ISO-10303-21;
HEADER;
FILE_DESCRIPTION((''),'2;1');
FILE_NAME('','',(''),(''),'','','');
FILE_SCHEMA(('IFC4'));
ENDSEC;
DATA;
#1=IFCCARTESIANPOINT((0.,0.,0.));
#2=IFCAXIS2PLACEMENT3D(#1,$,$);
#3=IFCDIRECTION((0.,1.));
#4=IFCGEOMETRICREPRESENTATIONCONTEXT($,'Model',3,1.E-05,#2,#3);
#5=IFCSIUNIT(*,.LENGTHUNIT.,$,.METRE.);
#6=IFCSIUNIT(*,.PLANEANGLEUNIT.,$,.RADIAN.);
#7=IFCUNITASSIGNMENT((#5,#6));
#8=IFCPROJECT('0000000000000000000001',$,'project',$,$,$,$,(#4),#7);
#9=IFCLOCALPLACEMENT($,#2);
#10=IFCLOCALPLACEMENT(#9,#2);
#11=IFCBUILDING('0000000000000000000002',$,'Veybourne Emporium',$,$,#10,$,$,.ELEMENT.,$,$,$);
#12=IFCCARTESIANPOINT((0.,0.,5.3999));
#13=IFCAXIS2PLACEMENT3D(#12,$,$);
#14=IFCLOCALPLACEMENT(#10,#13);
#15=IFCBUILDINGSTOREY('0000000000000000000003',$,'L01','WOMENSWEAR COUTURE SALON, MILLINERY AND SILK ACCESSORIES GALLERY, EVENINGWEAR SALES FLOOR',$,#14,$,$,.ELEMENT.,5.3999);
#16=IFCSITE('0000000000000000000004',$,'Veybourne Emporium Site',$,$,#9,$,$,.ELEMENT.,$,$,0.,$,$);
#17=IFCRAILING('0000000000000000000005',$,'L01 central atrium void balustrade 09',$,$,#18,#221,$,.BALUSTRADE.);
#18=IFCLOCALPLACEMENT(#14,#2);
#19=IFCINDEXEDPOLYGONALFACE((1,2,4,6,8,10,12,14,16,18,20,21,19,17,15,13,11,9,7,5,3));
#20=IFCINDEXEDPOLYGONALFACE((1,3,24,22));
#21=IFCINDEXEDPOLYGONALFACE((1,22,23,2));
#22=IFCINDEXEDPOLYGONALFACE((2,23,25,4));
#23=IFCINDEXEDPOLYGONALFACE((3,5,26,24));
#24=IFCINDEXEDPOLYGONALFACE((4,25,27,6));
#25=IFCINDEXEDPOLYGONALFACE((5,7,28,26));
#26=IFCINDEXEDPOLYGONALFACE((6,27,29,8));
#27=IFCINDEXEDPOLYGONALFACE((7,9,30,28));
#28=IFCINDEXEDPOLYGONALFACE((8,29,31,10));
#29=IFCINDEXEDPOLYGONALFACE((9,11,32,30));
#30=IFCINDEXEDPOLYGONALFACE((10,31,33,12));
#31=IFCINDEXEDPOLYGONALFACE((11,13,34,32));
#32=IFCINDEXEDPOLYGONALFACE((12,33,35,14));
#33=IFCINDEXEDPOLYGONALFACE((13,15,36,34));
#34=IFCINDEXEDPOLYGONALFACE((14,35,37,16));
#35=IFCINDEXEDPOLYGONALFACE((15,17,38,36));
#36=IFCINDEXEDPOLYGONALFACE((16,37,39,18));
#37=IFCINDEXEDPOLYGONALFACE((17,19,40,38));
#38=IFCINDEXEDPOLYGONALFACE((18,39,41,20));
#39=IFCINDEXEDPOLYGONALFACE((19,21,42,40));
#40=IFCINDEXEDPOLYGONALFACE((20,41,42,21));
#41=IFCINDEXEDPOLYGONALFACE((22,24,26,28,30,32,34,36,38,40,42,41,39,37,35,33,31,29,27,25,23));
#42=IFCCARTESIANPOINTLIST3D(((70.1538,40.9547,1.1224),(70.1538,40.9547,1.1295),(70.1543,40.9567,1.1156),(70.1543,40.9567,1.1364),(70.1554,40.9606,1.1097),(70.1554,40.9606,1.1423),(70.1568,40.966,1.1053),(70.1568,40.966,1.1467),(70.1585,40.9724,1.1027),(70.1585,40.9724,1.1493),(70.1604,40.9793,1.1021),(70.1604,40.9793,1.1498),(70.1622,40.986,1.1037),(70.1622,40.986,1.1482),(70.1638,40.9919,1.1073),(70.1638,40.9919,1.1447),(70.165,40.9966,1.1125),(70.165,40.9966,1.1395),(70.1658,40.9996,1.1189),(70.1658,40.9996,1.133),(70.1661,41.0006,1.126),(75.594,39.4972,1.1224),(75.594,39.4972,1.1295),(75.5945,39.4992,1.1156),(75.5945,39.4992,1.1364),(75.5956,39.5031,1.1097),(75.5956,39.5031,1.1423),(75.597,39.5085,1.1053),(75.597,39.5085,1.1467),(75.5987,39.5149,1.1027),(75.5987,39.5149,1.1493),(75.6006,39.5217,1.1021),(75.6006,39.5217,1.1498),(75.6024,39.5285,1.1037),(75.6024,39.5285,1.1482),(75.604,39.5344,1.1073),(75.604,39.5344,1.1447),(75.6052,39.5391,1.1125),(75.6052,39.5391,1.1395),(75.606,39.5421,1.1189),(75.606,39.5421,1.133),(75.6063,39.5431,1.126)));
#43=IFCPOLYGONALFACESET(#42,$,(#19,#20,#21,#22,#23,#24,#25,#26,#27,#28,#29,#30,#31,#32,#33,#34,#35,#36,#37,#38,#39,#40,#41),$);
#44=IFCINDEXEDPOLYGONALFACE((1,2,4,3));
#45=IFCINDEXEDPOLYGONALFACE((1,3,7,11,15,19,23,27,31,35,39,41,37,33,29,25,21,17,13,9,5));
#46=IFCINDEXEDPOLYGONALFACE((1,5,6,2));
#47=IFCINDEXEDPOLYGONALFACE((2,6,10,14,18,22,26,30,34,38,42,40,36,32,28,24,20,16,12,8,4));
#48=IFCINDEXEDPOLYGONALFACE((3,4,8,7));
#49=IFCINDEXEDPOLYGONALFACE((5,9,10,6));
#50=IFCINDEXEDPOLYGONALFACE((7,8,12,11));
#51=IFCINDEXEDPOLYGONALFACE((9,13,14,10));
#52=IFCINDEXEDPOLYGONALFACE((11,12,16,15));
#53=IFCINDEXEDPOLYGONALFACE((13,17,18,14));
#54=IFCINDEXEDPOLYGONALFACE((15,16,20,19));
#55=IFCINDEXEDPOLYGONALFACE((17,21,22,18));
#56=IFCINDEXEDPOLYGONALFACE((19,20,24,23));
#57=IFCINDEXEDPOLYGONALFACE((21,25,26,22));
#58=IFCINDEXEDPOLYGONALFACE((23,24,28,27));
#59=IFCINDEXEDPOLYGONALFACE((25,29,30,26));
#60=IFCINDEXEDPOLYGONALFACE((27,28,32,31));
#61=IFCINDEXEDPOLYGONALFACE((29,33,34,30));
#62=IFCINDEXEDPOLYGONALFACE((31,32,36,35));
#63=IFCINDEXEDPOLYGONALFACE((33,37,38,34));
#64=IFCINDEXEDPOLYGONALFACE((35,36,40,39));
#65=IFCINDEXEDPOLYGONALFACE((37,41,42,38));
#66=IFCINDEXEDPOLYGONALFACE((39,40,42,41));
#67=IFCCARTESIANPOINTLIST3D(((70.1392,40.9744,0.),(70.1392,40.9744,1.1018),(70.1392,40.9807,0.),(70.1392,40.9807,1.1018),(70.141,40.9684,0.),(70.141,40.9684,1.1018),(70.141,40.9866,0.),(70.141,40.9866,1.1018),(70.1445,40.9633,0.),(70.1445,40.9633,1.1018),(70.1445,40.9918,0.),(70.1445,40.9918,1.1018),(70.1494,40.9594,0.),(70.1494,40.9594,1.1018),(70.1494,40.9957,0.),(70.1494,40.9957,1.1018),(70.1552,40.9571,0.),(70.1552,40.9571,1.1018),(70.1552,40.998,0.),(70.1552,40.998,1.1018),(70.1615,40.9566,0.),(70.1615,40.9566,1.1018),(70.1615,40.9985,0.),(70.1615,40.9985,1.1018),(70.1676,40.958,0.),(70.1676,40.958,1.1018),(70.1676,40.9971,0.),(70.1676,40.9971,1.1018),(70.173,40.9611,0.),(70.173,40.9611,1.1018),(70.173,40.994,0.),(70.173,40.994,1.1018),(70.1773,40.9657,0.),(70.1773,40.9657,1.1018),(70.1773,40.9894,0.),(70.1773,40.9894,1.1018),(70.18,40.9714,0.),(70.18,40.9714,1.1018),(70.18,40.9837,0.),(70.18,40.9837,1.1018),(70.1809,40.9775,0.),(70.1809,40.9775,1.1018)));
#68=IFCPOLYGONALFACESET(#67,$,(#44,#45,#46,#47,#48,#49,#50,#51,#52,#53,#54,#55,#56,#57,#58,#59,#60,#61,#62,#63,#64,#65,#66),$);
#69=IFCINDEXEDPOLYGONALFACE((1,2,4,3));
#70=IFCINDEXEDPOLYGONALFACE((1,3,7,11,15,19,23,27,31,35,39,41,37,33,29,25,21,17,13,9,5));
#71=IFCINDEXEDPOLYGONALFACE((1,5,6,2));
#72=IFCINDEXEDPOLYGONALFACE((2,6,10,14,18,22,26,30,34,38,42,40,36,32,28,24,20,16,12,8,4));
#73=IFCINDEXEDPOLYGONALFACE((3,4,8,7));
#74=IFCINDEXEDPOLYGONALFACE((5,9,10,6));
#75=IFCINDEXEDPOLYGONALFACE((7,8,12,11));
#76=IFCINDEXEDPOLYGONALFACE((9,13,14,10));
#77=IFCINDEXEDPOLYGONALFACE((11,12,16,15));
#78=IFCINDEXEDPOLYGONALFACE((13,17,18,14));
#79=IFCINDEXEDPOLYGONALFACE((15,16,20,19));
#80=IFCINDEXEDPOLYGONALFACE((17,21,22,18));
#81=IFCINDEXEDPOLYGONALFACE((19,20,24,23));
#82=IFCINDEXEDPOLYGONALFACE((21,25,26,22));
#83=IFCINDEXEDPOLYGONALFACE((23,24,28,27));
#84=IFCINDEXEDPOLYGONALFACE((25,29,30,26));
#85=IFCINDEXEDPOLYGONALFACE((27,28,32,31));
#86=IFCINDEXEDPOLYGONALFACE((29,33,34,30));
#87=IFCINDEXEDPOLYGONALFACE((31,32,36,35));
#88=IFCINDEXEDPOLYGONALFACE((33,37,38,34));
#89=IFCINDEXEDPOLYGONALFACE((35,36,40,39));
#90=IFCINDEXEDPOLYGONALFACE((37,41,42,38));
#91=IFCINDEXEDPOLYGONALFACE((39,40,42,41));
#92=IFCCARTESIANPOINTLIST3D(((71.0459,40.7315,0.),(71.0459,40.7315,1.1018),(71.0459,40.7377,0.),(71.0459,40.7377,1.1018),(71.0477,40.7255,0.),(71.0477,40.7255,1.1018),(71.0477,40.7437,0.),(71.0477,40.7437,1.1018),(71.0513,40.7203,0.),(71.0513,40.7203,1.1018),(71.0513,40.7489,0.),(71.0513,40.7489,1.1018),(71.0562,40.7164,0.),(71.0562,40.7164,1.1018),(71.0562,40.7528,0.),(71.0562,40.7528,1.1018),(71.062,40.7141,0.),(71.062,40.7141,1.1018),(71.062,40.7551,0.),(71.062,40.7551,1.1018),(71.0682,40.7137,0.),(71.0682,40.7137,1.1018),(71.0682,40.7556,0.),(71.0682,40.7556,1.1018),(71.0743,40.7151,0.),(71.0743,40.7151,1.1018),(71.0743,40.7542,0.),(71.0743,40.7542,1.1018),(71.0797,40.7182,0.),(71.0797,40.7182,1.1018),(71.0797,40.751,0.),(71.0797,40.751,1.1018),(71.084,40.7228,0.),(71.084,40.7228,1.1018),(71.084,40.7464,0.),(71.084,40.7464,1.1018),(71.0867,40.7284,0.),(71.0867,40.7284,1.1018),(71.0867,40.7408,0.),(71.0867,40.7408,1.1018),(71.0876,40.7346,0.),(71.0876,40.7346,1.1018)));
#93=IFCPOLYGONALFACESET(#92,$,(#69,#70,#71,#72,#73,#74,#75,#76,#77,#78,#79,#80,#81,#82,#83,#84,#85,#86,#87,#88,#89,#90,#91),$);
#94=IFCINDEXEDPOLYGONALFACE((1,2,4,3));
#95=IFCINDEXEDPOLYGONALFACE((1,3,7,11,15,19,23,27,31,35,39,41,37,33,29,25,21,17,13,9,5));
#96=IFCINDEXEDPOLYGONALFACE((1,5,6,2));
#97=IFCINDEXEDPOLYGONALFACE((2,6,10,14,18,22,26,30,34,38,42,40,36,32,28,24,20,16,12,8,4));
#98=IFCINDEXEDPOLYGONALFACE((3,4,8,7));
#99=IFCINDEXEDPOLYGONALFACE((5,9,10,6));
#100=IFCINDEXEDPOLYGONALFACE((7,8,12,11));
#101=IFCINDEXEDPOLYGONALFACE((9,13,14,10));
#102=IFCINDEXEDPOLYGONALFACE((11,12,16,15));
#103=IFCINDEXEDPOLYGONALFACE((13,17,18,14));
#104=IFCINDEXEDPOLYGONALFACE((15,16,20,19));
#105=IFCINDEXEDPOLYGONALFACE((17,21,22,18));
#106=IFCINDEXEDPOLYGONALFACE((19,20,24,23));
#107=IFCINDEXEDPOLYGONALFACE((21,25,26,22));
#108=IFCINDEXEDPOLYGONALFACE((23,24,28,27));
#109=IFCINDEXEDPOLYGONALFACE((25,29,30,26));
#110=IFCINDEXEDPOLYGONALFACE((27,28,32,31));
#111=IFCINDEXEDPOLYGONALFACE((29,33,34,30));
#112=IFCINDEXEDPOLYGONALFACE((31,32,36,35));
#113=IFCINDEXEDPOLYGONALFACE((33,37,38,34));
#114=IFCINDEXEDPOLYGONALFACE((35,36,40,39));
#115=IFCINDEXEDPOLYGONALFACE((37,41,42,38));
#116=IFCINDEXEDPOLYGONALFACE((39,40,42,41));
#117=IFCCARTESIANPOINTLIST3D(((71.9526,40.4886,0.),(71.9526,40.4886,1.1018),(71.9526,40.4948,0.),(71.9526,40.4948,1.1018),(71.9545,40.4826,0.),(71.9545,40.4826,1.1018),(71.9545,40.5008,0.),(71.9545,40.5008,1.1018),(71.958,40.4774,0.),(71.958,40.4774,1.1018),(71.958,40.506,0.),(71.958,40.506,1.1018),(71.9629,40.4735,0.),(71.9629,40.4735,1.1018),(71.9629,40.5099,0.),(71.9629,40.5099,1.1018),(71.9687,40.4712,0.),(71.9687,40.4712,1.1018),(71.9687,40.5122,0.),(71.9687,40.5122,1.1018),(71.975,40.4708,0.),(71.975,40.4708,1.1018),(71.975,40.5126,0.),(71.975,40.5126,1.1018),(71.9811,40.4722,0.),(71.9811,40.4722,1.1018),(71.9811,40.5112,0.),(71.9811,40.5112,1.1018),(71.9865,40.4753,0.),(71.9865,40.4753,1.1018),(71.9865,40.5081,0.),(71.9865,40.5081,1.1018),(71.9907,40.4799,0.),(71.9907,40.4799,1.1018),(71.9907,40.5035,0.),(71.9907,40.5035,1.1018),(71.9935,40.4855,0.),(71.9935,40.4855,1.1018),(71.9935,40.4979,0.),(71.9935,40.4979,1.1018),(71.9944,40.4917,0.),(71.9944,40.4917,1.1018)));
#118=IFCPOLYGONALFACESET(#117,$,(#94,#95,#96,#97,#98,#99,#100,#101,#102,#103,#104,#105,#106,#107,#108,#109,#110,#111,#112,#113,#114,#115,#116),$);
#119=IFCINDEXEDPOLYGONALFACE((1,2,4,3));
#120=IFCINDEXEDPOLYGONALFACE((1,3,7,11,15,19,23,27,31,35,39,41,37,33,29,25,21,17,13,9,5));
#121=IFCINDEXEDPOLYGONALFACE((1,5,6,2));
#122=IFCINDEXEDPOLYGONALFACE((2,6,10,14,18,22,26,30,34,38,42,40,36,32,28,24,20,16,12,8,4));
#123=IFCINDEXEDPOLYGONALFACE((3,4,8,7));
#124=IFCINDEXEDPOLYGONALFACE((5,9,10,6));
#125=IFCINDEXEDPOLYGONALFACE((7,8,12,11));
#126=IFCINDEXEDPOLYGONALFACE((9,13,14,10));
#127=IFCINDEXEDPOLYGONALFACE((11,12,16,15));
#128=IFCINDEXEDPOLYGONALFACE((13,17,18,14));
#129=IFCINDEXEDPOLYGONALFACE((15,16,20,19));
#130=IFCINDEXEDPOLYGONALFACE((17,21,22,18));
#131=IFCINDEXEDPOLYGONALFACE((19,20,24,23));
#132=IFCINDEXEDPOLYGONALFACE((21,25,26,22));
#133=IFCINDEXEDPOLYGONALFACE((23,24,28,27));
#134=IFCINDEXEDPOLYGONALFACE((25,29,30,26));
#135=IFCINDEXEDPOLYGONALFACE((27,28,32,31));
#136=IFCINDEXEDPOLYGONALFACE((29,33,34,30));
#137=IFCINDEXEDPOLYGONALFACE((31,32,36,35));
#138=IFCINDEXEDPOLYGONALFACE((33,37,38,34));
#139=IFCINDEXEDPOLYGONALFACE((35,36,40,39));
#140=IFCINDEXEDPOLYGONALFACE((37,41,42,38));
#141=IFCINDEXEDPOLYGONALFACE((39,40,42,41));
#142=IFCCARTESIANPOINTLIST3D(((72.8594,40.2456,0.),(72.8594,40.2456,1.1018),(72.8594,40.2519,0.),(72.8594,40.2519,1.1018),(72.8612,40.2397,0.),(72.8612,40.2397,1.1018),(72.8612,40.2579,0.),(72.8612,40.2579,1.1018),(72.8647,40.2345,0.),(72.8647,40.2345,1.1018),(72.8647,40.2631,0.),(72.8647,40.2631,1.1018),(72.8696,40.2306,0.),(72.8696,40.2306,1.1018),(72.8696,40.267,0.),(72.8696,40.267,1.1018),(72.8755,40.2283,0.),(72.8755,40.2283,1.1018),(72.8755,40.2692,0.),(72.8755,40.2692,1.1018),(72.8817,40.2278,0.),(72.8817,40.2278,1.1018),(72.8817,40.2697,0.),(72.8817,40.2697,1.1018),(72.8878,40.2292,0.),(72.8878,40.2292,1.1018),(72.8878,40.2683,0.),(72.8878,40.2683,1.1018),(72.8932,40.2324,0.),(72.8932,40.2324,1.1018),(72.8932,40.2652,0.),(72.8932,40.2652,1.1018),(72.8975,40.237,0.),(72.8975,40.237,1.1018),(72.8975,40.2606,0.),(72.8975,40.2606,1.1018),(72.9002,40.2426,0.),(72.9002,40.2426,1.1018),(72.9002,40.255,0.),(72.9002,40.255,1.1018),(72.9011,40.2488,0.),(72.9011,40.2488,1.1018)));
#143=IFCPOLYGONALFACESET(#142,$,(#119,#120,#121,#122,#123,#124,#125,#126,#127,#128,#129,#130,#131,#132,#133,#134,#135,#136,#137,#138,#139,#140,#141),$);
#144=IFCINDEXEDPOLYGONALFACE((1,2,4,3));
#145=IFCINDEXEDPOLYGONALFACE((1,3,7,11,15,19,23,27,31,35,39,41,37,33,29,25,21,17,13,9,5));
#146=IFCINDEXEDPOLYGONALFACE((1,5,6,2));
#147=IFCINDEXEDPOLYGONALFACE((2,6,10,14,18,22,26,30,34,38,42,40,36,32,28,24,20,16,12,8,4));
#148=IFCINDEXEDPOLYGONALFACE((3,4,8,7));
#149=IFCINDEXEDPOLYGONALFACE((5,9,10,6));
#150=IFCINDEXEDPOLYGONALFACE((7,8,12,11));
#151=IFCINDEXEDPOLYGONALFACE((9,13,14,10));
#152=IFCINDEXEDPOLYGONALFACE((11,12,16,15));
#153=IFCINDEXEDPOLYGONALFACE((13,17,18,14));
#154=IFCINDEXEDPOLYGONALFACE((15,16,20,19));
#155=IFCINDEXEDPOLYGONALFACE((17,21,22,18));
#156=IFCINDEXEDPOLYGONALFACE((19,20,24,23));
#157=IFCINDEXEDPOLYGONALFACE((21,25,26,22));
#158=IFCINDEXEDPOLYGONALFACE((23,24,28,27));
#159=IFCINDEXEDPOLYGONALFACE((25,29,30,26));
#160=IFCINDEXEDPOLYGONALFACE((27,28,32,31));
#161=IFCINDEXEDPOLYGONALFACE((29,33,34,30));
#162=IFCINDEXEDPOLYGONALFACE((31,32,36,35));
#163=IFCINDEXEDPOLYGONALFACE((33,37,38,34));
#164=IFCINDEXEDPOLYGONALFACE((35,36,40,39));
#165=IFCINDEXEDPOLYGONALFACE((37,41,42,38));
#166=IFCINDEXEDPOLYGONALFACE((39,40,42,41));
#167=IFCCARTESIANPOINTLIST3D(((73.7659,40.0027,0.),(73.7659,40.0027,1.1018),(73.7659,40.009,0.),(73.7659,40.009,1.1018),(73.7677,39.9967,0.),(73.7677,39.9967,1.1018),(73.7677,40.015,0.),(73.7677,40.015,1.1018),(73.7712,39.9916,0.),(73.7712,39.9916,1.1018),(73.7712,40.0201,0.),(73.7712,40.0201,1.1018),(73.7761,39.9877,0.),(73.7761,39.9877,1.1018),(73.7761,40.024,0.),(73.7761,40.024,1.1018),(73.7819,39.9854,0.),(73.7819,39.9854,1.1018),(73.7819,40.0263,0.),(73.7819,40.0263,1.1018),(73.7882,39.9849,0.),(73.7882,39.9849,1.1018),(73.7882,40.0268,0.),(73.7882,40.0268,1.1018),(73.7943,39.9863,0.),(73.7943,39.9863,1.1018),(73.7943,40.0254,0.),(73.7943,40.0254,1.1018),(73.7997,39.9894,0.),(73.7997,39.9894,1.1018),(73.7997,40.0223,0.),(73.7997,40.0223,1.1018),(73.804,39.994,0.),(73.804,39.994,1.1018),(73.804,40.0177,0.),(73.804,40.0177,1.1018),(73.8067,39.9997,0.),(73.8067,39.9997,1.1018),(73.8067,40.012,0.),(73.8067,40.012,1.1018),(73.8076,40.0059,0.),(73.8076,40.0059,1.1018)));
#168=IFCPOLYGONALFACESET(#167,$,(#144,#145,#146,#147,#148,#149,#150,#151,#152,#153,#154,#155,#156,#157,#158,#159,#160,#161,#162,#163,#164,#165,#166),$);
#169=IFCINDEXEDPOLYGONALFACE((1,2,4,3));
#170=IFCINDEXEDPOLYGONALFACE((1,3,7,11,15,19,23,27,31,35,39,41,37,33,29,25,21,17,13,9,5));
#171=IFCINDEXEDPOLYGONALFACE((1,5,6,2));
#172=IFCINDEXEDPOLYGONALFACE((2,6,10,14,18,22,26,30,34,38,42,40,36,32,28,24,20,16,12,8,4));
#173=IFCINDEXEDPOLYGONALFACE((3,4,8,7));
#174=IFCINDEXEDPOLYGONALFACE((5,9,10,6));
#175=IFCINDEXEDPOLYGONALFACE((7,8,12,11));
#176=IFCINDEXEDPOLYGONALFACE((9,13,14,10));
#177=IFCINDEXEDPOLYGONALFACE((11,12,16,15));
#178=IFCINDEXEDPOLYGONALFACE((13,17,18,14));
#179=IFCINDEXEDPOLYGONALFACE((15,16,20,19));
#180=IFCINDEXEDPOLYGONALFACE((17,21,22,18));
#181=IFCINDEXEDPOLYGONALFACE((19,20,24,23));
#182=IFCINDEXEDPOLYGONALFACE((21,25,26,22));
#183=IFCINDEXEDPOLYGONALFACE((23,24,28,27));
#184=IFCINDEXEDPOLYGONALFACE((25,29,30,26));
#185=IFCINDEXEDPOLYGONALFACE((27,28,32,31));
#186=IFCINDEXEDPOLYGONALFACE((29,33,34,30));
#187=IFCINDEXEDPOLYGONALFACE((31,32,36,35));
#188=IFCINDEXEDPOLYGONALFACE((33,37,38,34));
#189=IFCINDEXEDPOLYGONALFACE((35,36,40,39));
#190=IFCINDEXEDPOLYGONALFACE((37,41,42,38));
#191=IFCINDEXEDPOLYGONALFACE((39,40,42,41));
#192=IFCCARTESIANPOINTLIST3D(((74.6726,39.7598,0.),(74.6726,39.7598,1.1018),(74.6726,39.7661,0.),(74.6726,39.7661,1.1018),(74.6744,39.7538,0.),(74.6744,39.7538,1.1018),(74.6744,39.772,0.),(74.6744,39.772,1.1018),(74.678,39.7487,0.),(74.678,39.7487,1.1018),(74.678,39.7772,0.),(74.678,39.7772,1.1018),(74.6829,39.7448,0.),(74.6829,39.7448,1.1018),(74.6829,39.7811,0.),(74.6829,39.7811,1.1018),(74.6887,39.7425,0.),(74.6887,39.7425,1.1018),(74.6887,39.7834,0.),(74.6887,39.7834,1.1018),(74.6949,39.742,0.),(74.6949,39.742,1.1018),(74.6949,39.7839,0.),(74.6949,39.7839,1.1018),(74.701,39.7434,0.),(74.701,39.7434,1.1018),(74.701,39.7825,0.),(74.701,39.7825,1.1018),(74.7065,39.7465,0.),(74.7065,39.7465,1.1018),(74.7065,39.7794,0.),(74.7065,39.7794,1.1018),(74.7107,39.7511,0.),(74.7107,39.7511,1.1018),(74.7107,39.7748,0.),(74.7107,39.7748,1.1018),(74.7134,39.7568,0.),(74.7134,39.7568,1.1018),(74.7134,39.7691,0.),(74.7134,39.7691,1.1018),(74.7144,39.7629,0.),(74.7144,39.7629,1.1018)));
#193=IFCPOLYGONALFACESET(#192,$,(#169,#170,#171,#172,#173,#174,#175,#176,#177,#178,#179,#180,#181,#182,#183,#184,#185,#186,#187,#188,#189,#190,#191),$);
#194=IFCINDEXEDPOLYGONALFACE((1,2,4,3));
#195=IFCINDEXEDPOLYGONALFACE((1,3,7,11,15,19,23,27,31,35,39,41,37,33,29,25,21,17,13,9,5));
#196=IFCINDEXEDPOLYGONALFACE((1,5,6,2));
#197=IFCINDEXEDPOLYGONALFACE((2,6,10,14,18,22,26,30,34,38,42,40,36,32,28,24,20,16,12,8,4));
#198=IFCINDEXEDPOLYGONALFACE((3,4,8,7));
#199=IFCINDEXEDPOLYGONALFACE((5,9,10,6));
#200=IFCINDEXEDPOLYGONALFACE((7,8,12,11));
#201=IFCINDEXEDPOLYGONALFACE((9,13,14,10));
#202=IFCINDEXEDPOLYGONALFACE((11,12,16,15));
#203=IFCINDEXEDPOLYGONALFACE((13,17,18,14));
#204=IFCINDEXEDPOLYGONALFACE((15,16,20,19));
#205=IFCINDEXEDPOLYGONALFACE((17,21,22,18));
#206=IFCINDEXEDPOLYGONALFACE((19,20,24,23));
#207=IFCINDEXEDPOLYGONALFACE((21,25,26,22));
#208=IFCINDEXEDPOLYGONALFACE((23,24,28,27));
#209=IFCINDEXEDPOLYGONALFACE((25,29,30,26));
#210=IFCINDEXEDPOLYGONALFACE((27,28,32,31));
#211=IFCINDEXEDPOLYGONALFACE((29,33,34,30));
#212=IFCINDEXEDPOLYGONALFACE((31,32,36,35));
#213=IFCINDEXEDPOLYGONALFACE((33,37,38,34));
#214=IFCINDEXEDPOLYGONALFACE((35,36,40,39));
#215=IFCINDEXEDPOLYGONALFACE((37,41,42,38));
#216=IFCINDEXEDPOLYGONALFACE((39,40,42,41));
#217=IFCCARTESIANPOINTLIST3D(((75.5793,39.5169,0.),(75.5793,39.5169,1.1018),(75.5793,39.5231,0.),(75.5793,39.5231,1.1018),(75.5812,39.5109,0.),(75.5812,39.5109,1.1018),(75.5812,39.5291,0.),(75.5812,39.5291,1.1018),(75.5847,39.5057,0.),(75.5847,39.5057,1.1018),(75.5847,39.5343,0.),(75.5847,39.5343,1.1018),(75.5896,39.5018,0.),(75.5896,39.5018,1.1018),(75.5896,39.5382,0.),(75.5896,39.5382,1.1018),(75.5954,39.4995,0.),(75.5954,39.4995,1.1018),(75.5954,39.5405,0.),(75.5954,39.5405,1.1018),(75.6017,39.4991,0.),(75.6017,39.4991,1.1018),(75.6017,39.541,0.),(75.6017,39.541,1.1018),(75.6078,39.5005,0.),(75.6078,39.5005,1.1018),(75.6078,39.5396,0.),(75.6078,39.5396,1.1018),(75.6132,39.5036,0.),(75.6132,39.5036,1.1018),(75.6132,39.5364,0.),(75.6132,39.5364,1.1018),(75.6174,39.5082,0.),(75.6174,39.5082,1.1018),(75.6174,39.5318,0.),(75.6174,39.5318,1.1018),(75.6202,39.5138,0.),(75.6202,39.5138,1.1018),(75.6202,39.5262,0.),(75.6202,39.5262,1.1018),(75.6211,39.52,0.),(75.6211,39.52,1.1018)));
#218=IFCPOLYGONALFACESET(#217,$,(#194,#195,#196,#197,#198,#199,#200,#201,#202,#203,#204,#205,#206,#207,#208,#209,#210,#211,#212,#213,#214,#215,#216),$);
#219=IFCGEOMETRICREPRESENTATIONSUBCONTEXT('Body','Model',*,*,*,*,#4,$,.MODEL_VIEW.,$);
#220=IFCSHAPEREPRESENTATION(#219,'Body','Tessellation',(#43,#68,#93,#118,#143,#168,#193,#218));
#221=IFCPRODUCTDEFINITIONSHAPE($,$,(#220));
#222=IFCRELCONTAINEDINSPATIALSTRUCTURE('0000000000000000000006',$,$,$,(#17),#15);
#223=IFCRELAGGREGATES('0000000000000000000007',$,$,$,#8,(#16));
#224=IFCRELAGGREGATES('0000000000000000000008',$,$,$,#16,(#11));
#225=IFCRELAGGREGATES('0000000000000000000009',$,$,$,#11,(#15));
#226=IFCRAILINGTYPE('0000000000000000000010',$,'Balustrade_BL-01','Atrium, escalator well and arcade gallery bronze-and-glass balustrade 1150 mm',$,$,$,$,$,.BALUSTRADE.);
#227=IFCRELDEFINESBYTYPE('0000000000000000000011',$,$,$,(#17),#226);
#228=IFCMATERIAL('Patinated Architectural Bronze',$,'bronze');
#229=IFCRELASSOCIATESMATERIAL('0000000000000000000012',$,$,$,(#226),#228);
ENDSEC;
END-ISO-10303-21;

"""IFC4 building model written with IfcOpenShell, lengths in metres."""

from ifc_helpers import new_model, si_unit, direction, frame, origin, origin_2d, place, context, subcontext, project, spatial, circle, extrude, material, type_object, element, save


model = new_model("IFC4")

# Units and contexts
model_context = context("Model", 3, precision=1e-05, world=origin(), true_north=direction((0.0, 1.0)))
body_context = subcontext(model_context, "Body", "Model", "MODEL_VIEW")
ifc_project = project(units=[si_unit("LENGTHUNIT", "METRE"), si_unit("PLANEANGLEUNIT", "RADIAN")], contexts=[model_context])

# Site, building, storey
site_placement = place(None, origin())
site = spatial("IfcSite", under=ifc_project, at=site_placement, Name="Veybourne Emporium Site", CompositionType="ELEMENT", RefElevation=0.0)
building_placement = place(site_placement, origin())
building = spatial("IfcBuilding", under=site, at=building_placement, Name="Veybourne Emporium", CompositionType="ELEMENT")
storey_placement = place(building_placement, frame((0.0, 0.0, 5.3999)))
storey = spatial("IfcBuildingStorey", under=building, at=storey_placement, Name="L01", Description="WOMENSWEAR COUTURE SALON, MILLINERY AND SILK ACCESSORIES GALLERY, EVENINGWEAR SALES FLOOR", CompositionType="ELEMENT", Elevation=5.3999)

# Railing
ifc_material_1 = material(Name="Patinated Architectural Bronze", Category="bronze")
railing_type = type_object("IfcRailingType", Name="Balustrade_BL-01", Description="Atrium, escalator well and arcade gallery bronze-and-glass balustrade 1150 mm", PredefinedType="BALUSTRADE", material=ifc_material_1)
railing_1_placement = place(storey_placement, frame((70.1599, 40.9775, 0.0)))
element("IfcRailing", 1, at=railing_1_placement, inside=storey, type_object=railing_type, Name="L01 central atrium void balustrade 09", PredefinedType="BALUSTRADE", context=body_context, shape_type="SweptSolid", body=[
    extrude(circle(Radius=0.0239, at=origin_2d()), frame((0.0, 0.0, 1.126), z_axis=(0.965934, -0.25879, 0.0), x_axis=(0.25879, 0.965934, 0.0)), (0.0, 0.0, 1.0), 5.6321),
    extrude(circle(Radius=0.021, at=origin_2d()), origin(), (0.0, 0.0, 1.0), 1.1018),
    extrude(circle(Radius=0.021, at=origin_2d()), frame((0.9067, -0.2429, 0.0)), (0.0, 0.0, 1.0), 1.1018),
    extrude(circle(Radius=0.021, at=origin_2d()), frame((1.8135, -0.4858, 0.0)), (0.0, 0.0, 1.0), 1.1018),
    extrude(circle(Radius=0.021, at=origin_2d()), frame((2.7202, -0.7288, 0.0)), (0.0, 0.0, 1.0), 1.1018),
    extrude(circle(Radius=0.021, at=origin_2d()), frame((3.6267, -0.9717, 0.0)), (0.0, 0.0, 1.0), 1.1018),
    extrude(circle(Radius=0.021, at=origin_2d()), frame((4.5334, -1.2146, 0.0)), (0.0, 0.0, 1.0), 1.1018),
    extrude(circle(Radius=0.021, at=origin_2d()), frame((5.4402, -1.4575, 0.0)), (0.0, 0.0, 1.0), 1.1018),
])

save(model, "model.ifc")
